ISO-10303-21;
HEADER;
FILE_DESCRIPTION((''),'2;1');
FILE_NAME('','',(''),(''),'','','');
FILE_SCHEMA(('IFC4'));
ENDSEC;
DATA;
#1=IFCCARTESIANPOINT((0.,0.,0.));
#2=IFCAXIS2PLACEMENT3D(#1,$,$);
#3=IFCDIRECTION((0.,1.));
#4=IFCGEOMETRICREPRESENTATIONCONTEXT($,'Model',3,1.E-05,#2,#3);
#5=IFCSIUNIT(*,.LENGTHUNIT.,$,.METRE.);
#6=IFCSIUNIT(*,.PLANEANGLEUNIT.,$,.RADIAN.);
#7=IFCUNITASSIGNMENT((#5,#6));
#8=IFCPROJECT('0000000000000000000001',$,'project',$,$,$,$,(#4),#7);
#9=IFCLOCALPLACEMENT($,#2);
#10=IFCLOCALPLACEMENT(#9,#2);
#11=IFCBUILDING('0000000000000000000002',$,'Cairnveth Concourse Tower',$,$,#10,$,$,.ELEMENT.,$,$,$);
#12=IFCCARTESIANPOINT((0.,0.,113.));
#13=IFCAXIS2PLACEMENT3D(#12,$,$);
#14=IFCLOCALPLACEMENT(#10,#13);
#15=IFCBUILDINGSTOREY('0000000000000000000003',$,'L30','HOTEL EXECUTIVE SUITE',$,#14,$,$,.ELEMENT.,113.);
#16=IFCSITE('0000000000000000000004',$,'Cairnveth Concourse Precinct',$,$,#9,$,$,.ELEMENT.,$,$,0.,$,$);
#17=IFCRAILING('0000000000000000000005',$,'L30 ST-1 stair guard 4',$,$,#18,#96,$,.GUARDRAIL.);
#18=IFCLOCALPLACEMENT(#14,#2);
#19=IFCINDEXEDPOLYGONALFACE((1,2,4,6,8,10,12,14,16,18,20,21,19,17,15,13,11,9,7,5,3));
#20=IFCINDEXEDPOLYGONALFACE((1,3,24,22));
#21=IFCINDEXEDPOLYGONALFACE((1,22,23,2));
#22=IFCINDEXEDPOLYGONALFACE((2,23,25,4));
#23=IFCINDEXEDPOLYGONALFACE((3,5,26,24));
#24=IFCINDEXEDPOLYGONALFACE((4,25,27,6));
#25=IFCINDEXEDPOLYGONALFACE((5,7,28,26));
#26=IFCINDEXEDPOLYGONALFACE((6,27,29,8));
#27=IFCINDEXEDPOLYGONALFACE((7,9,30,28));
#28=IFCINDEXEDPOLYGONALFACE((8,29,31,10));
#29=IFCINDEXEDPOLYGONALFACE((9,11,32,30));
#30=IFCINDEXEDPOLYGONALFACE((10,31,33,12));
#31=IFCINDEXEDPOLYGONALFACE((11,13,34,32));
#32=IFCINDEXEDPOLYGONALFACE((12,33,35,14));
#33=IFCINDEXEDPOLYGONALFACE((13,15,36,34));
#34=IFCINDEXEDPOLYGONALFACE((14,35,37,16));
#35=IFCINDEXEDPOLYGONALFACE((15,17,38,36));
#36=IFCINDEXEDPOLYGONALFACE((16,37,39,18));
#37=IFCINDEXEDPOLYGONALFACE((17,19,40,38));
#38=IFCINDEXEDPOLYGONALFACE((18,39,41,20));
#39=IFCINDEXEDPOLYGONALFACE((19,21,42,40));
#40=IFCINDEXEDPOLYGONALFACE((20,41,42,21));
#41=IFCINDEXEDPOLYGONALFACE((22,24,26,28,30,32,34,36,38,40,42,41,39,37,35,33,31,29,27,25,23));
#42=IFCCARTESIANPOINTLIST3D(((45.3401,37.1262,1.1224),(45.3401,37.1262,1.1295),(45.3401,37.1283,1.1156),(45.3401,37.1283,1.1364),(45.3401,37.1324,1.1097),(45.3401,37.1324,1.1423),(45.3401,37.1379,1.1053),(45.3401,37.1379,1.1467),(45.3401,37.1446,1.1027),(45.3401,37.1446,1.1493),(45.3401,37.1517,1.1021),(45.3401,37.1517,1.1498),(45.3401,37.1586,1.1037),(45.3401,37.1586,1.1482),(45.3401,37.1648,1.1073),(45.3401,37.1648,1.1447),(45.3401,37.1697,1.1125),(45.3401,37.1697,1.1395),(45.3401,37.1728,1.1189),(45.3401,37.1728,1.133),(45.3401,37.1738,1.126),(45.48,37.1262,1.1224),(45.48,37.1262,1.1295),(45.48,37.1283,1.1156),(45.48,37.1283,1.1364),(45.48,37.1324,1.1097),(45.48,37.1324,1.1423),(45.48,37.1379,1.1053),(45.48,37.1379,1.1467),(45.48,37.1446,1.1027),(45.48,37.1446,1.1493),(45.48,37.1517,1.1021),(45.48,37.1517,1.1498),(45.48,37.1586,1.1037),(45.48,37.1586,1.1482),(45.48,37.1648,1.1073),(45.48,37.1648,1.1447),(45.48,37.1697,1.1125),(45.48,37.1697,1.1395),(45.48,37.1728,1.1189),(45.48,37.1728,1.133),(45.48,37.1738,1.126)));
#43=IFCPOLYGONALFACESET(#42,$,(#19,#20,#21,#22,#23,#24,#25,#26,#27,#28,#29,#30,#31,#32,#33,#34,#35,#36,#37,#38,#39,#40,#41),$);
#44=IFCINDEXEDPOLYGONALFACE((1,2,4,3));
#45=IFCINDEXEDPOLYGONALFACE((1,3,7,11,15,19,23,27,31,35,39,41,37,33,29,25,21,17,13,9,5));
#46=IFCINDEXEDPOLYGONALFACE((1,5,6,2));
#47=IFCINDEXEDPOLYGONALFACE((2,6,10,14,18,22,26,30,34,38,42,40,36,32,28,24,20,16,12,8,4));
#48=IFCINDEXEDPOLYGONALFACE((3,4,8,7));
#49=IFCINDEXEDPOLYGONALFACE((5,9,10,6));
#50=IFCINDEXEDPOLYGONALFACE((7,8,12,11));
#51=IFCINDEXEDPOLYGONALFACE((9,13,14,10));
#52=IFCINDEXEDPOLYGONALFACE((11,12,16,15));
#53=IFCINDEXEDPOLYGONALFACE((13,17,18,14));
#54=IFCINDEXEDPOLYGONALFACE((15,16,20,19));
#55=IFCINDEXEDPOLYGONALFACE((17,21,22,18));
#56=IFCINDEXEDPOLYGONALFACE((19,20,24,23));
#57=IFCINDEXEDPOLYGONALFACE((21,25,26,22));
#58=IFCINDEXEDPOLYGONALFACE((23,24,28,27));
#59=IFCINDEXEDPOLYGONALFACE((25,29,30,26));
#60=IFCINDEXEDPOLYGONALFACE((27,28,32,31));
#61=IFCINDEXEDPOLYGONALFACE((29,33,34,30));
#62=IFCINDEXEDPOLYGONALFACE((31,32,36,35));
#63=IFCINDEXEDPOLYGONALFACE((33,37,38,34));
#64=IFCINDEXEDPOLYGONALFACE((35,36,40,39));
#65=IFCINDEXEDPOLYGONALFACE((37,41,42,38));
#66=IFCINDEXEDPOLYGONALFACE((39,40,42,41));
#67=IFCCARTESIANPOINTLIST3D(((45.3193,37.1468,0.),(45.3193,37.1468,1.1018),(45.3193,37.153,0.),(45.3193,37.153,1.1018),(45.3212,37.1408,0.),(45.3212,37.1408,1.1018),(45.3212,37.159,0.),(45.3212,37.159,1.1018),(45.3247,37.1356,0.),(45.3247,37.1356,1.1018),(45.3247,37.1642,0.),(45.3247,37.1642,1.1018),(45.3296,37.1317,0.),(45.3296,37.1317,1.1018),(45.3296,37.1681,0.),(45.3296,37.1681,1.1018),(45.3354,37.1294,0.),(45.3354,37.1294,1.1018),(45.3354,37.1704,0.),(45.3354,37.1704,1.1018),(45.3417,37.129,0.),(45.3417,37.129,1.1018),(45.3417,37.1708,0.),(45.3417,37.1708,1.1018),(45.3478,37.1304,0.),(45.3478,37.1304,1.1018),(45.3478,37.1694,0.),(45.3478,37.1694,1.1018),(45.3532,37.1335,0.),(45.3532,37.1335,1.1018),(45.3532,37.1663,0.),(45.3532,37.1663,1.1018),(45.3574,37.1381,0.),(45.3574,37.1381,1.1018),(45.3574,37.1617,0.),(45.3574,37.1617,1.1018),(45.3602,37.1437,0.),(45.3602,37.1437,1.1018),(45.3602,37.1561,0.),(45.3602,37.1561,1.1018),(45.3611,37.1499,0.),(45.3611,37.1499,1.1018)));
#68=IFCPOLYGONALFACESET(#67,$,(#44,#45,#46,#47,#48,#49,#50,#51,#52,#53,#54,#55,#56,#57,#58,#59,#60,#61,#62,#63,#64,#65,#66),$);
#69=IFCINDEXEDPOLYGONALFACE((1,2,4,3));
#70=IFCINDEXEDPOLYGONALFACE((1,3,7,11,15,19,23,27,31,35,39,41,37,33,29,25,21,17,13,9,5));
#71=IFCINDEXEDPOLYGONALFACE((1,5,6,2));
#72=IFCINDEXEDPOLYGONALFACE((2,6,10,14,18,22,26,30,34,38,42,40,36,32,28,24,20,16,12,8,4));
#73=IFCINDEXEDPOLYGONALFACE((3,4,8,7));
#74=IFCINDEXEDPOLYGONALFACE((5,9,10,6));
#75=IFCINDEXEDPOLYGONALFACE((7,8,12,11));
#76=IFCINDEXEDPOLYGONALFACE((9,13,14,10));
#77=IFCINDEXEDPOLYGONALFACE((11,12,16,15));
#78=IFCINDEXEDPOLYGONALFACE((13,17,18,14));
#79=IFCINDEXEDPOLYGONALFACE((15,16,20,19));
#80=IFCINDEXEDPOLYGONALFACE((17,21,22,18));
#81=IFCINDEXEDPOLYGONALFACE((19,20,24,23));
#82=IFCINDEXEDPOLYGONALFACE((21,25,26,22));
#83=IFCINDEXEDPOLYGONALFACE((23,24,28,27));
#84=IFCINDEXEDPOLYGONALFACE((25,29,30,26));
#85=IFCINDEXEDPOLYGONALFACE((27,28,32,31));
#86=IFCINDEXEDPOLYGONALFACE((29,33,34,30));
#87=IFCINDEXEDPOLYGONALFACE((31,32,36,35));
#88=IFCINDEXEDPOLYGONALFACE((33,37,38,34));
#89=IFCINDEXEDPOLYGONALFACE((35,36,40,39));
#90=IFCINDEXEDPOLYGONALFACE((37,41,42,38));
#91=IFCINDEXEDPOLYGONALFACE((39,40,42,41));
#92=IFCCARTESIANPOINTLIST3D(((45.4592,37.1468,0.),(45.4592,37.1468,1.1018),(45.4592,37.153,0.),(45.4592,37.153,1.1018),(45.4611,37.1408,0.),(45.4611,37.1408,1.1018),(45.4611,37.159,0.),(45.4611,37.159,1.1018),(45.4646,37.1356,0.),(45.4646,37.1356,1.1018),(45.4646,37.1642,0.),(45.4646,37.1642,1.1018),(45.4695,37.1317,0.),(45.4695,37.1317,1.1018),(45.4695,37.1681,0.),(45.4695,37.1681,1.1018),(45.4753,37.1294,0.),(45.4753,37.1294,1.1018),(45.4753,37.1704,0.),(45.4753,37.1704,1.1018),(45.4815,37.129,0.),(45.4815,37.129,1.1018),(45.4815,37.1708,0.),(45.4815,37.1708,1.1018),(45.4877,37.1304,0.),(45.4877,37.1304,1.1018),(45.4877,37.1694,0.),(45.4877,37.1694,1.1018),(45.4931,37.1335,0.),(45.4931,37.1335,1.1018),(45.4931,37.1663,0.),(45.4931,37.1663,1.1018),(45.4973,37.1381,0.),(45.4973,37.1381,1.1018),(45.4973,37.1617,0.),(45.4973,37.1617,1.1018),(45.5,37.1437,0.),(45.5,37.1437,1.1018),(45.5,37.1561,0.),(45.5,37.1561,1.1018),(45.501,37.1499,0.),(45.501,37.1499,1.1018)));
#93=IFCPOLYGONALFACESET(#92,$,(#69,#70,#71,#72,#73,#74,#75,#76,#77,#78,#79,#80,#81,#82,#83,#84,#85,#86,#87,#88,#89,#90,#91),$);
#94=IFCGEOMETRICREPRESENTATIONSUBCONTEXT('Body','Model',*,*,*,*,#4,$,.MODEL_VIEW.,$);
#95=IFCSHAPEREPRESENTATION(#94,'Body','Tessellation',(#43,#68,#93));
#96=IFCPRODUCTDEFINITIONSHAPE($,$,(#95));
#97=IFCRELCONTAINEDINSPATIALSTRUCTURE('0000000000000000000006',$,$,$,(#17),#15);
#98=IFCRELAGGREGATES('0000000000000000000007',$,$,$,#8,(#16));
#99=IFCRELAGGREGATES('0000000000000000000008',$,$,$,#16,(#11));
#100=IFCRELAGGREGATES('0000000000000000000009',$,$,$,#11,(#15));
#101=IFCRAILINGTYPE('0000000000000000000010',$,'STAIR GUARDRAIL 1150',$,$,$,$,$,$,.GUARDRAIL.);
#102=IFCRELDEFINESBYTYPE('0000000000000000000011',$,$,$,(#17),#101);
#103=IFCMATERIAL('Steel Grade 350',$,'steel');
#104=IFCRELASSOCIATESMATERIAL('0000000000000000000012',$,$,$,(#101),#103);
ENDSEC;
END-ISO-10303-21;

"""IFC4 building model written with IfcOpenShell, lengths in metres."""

from ifc_helpers import new_model, si_unit, direction, frame, origin, origin_2d, place, context, subcontext, project, spatial, circle, extrude, material, type_object, element, save


model = new_model("IFC4")

# Units and contexts
model_context = context("Model", 3, precision=1e-05, world=origin(), true_north=direction((0.0, 1.0)))
body_context = subcontext(model_context, "Body", "Model", "MODEL_VIEW")
ifc_project = project(units=[si_unit("LENGTHUNIT", "METRE"), si_unit("PLANEANGLEUNIT", "RADIAN")], contexts=[model_context])

# Site, building, storey
site_placement = place(None, origin())
site = spatial("IfcSite", under=ifc_project, at=site_placement, Name="Cairnveth Concourse Precinct", CompositionType="ELEMENT", RefElevation=0.0)
building_placement = place(site_placement, origin())
building = spatial("IfcBuilding", under=site, at=building_placement, Name="Cairnveth Concourse Tower", CompositionType="ELEMENT")
storey_placement = place(building_placement, frame((0.0, 0.0, 113.0)))
storey = spatial("IfcBuildingStorey", under=building, at=storey_placement, Name="L30", Description="HOTEL EXECUTIVE SUITE", CompositionType="ELEMENT", Elevation=113.0)

# Shared definitions
ifc_material_1 = material(Name="Steel Grade 350", Category="steel")

# Railing
railing_type_1 = type_object("IfcRailingType", Name="STAIR GUARDRAIL 1150", PredefinedType="GUARDRAIL", material=ifc_material_1)
railing_1_placement = place(storey_placement, frame((45.3401, 37.1499, 0.0)))
element("IfcRailing", 1, at=railing_1_placement, inside=storey, type_object=railing_type_1, Name="L30 ST-1 stair guard 4", PredefinedType="GUARDRAIL", context=body_context, shape_type="SweptSolid", body=[
    extrude(circle(Radius=0.0239, at=origin_2d()), frame((0.0, 0.0, 1.126), z_axis=(1.0, 0.0, 0.0), x_axis=(0.0, 1.0, 0.0)), (0.0, 0.0, 1.0), 0.1399),
    extrude(circle(Radius=0.021, at=origin_2d()), origin(), (0.0, 0.0, 1.0), 1.1018),
    extrude(circle(Radius=0.021, at=origin_2d()), frame((0.1399, 0.0, 0.0)), (0.0, 0.0, 1.0), 1.1018),
])

save(model, "model.ifc")
